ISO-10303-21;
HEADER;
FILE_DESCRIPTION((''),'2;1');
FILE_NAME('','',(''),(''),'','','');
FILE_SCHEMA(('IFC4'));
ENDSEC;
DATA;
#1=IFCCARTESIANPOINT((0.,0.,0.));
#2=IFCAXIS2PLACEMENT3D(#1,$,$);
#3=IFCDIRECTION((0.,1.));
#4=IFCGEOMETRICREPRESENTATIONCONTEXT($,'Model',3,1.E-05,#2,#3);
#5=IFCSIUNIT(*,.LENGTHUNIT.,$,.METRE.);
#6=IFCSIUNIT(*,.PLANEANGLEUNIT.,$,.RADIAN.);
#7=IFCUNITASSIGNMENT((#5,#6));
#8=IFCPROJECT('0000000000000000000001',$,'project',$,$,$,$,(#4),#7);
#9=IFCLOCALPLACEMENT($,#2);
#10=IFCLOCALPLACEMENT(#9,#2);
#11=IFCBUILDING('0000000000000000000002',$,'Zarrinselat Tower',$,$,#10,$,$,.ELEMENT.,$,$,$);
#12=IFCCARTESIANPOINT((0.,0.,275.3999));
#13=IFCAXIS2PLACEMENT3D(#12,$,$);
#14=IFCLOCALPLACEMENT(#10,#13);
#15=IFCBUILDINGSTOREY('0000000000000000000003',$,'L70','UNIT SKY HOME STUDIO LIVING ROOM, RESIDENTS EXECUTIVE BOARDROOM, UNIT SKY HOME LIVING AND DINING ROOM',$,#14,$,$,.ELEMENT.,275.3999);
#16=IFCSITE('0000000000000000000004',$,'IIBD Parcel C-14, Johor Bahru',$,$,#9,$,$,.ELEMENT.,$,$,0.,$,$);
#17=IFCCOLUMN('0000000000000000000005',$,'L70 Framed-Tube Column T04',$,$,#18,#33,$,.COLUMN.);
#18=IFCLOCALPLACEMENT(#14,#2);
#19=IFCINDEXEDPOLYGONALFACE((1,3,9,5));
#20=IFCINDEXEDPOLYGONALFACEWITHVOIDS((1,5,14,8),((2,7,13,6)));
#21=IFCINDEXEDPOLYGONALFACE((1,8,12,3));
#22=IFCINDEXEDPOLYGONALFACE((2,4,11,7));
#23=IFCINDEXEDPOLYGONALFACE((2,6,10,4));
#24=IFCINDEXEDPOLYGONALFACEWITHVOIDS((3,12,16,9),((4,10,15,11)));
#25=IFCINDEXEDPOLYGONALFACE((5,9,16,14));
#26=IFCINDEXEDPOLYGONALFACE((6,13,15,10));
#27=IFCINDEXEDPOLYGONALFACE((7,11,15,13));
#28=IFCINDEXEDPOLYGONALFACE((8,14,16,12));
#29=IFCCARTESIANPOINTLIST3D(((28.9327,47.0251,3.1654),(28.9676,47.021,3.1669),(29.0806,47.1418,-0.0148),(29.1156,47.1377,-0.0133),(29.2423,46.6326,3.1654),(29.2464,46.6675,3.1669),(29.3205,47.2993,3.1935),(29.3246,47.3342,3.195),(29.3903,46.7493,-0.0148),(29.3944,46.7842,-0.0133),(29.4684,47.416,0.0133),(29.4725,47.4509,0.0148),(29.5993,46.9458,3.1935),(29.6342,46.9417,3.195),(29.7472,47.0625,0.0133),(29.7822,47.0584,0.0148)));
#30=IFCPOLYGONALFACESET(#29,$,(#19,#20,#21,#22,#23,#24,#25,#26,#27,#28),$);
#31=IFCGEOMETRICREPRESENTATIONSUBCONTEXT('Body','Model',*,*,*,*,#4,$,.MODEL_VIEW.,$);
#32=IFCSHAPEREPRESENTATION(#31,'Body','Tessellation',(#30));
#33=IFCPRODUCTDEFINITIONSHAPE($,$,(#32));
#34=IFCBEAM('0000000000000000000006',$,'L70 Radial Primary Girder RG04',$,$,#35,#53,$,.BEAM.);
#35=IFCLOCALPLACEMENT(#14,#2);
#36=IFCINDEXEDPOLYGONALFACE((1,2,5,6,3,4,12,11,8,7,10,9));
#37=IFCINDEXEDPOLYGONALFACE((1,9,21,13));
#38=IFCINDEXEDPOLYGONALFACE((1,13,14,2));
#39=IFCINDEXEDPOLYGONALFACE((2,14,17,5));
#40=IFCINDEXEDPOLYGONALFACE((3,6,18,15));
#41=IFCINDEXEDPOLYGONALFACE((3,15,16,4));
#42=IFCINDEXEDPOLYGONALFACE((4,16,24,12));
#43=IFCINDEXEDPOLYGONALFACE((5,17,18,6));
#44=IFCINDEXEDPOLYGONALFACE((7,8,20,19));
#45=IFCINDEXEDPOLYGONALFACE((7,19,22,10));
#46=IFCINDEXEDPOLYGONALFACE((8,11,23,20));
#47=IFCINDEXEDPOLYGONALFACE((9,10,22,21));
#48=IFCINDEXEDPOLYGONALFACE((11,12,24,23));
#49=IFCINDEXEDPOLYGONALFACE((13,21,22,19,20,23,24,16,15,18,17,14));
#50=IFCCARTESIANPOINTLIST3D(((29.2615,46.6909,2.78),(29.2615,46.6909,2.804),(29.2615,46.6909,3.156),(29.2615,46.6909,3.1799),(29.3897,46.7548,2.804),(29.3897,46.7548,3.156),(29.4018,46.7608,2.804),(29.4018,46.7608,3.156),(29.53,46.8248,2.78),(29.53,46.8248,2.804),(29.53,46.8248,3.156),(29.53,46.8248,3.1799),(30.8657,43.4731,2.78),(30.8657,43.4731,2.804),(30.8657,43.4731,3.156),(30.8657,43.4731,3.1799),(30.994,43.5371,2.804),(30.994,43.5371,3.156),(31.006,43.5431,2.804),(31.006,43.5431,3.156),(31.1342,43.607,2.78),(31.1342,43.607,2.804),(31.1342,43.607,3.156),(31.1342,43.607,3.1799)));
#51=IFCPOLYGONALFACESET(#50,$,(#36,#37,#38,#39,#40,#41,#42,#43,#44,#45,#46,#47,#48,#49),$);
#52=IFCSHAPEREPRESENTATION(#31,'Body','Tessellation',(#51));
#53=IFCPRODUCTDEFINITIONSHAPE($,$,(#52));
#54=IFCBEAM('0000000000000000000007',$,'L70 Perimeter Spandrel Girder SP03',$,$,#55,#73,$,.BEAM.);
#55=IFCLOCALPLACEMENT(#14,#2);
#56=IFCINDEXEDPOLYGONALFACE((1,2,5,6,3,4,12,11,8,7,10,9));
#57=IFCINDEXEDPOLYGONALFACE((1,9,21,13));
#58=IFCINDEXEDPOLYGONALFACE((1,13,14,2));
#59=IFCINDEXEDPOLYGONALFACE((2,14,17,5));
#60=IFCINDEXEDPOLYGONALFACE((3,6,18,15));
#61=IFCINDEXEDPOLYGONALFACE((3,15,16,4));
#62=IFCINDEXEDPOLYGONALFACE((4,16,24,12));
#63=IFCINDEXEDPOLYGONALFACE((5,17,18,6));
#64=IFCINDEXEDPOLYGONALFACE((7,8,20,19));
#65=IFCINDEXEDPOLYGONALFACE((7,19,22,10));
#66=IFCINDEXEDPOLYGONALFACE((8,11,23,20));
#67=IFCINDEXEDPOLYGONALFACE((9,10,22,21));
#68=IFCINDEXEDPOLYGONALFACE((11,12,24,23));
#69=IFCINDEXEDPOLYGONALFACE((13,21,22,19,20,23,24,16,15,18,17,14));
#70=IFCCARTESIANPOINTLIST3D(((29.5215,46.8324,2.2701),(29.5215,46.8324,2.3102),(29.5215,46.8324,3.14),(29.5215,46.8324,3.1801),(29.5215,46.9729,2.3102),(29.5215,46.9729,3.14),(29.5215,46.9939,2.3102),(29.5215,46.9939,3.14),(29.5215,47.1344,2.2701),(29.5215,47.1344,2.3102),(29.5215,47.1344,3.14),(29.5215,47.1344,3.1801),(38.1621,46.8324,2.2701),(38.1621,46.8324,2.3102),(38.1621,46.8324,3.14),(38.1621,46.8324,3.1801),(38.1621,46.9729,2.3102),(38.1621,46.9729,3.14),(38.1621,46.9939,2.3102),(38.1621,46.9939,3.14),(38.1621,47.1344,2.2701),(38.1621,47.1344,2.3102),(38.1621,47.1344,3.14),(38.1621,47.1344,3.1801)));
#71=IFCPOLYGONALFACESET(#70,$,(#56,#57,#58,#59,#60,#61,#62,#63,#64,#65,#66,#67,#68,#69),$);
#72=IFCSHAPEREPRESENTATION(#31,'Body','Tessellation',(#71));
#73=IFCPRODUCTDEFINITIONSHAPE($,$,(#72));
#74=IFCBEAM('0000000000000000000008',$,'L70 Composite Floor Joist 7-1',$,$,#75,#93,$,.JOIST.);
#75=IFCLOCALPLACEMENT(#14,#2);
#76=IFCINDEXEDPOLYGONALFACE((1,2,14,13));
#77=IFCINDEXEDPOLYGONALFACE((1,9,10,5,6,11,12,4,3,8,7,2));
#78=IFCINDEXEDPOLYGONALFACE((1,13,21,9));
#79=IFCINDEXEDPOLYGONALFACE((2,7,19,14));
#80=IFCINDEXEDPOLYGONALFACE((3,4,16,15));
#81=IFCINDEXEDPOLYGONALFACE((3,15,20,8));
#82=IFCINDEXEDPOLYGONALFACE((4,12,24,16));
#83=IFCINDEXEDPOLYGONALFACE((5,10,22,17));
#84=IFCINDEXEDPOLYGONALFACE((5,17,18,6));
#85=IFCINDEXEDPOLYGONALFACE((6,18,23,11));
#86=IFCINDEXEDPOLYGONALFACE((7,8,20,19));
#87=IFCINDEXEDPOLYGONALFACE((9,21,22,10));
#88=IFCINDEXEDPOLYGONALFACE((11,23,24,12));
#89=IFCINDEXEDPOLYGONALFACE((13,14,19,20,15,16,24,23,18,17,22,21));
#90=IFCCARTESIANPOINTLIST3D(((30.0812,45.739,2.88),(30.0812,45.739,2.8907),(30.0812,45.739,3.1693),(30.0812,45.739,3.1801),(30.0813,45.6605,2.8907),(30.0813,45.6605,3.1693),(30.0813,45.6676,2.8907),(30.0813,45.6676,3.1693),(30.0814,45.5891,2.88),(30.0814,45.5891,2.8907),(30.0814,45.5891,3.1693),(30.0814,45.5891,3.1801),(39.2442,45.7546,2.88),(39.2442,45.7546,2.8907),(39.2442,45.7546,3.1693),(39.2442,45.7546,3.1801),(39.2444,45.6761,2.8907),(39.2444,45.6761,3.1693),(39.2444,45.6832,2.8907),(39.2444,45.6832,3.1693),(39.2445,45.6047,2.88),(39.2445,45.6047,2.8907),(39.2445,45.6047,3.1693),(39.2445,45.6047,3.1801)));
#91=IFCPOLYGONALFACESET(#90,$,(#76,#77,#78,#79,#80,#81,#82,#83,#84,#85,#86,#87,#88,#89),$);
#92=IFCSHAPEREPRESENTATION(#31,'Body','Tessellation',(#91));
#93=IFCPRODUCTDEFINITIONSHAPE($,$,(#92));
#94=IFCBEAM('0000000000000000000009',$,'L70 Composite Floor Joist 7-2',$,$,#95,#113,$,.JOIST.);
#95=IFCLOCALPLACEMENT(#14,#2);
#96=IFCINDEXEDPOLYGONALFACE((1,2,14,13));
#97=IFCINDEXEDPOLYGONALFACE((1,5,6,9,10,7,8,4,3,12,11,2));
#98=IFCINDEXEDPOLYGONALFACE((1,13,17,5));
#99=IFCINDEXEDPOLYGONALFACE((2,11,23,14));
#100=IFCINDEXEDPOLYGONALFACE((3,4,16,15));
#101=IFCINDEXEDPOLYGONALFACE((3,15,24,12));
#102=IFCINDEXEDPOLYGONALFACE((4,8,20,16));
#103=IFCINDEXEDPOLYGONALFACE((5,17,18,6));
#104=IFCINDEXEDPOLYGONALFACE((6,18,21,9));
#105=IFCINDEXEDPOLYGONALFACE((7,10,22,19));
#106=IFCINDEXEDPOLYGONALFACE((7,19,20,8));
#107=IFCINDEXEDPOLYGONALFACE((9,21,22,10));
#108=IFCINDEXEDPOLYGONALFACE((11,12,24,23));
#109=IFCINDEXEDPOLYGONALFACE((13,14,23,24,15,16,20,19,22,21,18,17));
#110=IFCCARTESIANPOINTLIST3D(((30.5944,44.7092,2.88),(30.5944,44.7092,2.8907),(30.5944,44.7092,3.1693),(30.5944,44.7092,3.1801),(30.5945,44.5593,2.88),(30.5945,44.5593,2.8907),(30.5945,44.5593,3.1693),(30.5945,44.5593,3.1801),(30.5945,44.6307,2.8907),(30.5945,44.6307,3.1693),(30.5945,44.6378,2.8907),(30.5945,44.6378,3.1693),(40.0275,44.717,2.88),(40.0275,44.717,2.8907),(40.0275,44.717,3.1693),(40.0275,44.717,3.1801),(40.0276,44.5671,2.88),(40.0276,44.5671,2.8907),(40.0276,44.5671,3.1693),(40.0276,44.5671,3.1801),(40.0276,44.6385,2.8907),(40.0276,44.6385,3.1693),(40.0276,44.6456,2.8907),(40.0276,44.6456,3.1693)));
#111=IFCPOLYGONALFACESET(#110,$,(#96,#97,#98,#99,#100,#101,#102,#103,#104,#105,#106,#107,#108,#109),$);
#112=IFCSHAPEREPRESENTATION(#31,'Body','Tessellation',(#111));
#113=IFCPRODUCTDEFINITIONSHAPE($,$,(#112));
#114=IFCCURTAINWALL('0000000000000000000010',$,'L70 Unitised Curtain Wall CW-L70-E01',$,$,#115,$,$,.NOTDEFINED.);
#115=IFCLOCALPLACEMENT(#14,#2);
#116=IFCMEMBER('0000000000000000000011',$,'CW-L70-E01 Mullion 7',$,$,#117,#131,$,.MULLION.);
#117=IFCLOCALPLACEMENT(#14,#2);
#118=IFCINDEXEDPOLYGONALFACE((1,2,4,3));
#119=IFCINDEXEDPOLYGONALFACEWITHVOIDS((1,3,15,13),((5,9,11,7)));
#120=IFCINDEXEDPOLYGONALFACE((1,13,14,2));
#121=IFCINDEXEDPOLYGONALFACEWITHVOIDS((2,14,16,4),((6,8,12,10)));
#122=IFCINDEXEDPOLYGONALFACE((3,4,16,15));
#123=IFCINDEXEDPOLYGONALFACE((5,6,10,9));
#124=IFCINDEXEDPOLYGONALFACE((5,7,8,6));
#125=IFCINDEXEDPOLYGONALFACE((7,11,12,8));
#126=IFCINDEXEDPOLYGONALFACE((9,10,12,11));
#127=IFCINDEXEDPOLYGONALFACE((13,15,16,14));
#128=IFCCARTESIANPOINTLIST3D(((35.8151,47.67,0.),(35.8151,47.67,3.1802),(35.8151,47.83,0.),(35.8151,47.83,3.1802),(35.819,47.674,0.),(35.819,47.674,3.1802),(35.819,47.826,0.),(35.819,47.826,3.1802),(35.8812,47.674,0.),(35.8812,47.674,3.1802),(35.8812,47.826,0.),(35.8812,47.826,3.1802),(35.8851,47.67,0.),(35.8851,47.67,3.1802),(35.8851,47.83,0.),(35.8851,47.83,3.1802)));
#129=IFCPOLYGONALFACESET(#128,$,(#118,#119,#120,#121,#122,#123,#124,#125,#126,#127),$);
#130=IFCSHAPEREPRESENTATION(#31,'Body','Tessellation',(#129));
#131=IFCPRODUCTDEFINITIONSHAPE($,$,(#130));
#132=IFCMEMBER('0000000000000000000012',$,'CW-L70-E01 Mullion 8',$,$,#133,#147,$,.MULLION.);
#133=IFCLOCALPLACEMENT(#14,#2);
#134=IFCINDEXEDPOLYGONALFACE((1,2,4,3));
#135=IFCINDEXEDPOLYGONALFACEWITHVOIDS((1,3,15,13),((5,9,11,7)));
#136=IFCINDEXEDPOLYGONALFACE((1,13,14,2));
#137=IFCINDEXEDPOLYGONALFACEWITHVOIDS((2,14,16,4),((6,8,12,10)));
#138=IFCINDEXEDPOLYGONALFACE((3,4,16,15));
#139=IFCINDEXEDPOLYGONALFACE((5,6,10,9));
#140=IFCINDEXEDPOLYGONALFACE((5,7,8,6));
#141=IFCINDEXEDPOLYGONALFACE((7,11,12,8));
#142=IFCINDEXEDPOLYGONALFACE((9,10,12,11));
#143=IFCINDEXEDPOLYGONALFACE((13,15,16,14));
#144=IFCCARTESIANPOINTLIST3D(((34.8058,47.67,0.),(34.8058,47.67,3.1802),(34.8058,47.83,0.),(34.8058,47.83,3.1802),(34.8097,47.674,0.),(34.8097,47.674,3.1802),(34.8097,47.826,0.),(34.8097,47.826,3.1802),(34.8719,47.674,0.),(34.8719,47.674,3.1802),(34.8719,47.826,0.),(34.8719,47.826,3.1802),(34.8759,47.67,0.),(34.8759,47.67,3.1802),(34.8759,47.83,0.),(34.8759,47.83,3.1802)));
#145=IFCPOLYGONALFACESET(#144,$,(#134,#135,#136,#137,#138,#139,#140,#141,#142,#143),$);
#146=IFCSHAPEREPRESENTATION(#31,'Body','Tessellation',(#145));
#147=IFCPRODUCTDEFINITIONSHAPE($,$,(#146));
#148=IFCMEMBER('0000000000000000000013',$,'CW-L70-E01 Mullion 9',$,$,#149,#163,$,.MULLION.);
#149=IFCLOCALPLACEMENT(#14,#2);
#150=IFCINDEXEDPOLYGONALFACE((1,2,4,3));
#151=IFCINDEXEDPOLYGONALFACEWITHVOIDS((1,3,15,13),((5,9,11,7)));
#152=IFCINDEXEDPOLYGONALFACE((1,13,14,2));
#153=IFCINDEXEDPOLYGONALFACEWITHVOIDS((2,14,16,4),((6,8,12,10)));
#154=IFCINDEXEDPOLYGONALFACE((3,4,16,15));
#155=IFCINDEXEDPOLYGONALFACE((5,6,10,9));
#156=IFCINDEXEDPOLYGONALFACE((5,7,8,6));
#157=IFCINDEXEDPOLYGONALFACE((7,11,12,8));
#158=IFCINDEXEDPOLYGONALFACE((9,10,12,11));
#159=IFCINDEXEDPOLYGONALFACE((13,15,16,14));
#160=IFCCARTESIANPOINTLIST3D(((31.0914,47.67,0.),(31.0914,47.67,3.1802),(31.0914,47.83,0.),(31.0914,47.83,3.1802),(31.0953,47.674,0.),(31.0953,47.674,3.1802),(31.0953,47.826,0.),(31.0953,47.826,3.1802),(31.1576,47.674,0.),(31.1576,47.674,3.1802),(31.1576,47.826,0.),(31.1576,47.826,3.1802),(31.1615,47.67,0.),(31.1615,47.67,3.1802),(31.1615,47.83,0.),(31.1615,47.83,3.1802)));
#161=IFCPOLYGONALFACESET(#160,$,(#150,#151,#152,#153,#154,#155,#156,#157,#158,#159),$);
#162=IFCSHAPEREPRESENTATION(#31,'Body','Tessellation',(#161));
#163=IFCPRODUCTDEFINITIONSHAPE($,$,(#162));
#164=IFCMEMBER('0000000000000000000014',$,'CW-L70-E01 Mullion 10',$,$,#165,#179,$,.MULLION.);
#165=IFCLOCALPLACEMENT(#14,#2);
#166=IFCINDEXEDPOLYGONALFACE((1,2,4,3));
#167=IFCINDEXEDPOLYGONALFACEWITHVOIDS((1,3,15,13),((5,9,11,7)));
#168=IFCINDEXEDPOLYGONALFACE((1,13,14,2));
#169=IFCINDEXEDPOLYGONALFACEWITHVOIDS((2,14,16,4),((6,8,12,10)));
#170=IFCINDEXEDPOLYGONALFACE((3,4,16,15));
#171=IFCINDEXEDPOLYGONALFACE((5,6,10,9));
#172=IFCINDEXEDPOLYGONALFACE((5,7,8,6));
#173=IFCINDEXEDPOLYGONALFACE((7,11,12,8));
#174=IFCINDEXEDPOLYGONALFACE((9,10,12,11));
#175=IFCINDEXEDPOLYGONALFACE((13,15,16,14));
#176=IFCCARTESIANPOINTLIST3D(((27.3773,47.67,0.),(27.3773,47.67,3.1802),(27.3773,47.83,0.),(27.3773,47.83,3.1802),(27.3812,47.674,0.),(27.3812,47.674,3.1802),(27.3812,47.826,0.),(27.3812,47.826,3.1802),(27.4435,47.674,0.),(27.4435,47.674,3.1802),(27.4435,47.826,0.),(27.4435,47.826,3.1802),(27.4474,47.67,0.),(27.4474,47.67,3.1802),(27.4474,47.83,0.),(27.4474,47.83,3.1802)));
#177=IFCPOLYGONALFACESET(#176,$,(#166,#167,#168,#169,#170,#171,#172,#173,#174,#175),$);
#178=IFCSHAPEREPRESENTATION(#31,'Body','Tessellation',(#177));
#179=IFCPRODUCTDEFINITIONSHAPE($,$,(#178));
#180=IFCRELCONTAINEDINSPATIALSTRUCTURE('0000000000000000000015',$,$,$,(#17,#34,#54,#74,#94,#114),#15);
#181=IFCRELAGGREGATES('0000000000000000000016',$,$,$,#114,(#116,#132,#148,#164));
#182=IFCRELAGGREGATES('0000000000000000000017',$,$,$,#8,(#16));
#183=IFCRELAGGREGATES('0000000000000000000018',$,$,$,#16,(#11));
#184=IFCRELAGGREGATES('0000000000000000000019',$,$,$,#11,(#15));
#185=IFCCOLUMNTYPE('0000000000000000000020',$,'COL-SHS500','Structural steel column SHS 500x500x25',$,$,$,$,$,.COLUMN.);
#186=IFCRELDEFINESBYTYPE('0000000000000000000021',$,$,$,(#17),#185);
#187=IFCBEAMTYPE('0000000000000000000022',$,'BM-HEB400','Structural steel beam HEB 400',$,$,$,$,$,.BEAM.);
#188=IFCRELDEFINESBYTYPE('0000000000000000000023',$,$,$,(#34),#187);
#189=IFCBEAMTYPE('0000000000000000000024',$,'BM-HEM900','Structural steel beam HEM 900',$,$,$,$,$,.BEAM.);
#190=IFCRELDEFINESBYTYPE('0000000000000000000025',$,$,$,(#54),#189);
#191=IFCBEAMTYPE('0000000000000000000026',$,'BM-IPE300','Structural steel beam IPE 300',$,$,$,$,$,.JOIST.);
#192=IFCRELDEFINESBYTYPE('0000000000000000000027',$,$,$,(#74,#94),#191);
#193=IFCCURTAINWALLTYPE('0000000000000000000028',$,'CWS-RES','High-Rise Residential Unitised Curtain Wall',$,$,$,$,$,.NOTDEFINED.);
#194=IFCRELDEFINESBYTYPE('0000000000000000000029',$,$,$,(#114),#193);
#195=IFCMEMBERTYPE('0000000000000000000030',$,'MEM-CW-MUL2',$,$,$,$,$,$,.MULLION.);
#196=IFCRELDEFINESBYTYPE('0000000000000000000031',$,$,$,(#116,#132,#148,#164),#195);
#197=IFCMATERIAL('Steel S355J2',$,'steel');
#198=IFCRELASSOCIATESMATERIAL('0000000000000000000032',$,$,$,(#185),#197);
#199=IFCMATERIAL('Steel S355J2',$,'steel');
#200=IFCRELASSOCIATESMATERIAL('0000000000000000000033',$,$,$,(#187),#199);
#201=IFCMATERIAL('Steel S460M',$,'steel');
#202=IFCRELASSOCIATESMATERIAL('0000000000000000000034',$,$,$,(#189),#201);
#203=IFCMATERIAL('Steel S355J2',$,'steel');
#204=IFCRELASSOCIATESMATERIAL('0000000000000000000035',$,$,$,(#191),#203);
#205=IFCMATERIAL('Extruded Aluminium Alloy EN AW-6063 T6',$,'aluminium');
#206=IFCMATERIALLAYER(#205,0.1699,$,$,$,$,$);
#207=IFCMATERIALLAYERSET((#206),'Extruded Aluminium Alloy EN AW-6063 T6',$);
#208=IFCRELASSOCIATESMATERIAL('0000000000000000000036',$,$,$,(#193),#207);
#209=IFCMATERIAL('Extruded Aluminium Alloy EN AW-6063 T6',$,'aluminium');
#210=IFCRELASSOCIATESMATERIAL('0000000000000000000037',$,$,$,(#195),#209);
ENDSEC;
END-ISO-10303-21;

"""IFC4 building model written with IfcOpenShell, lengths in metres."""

from ifc_helpers import new_model, si_unit, direction, frame, origin, origin_2d, place, context, subcontext, project, spatial, hollow_rectangle, i_section, extrude, material, layer, layer_set, material_profile, profile_set, type_object, element, aggregate, save


model = new_model("IFC4")

# Units and contexts
model_context = context("Model", 3, precision=1e-05, world=origin(), true_north=direction((0.0, 1.0)))
body_context = subcontext(model_context, "Body", "Model", "MODEL_VIEW")
ifc_project = project(units=[si_unit("LENGTHUNIT", "METRE"), si_unit("PLANEANGLEUNIT", "RADIAN")], contexts=[model_context])

# Site, building, storey
site_placement = place(None, origin())
site = spatial("IfcSite", under=ifc_project, at=site_placement, Name="IIBD Parcel C-14, Johor Bahru", CompositionType="ELEMENT", RefElevation=0.0)
building_placement = place(site_placement, origin())
building = spatial("IfcBuilding", under=site, at=building_placement, Name="Zarrinselat Tower", CompositionType="ELEMENT")
storey_placement = place(building_placement, frame((0.0, 0.0, 275.3999)))
storey = spatial("IfcBuildingStorey", under=building, at=storey_placement, Name="L70", Description="UNIT SKY HOME STUDIO LIVING ROOM, RESIDENTS EXECUTIVE BOARDROOM, UNIT SKY HOME LIVING AND DINING ROOM", CompositionType="ELEMENT", Elevation=275.3999)

# Column
ifc_material_1 = material(Name="Steel S355J2", Category="steel")
ifc_material_profile_1 = material_profile(ifc_material_1, hollow_rectangle(XDim=0.5, YDim=0.5, WallThickness=0.0249, at=origin_2d()), Name="SHS 500x500x25")
ifc_profile_set_1 = profile_set([ifc_material_profile_1], Name="Steel S355J2")
column_type = type_object("IfcColumnType", Name="COL-SHS500", Description="Structural steel column SHS 500x500x25", PredefinedType="COLUMN", material=ifc_profile_set_1)
column_placement = place(storey_placement, frame((29.4314, 47.1001, 0.0), z_axis=(-0.046441, -0.036632, 0.998249), x_axis=(0.619308, -0.785148, 0.0)))
element("IfcColumn", 1, at=column_placement, inside=storey, type_object=column_type, Name="L70 Framed-Tube Column T04", PredefinedType="COLUMN", context=body_context, shape_type="SweptSolid", body=[
    extrude(hollow_rectangle(XDim=0.5, YDim=0.5, WallThickness=0.0249, at=origin_2d()), origin(), (0.0, 0.0, 1.0), 3.1858),
])

# Beams
ifc_material_2 = material(Name="Steel S355J2", Category="steel")
ifc_material_profile_2 = material_profile(ifc_material_2, i_section(OverallWidth=0.3, OverallDepth=0.3999, WebThickness=0.0134, FlangeThickness=0.0239, at=origin_2d()), Name="HEB 400")
ifc_profile_set_2 = profile_set([ifc_material_profile_2], Name="Steel S355J2")
beam_type_1 = type_object("IfcBeamType", Name="BM-HEB400", Description="Structural steel beam HEB 400", PredefinedType="BEAM", material=ifc_profile_set_2)
beam_1_placement = place(storey_placement, frame((29.3958, 46.7578, 2.98), z_axis=(0.446181, -0.894943, 0.0), x_axis=(0.894943, 0.446181, 0.0)))
element("IfcBeam", 2, at=beam_1_placement, inside=storey, type_object=beam_type_1, Name="L70 Radial Primary Girder RG04", PredefinedType="BEAM", context=body_context, shape_type="SweptSolid", body=[
    extrude(i_section(OverallWidth=0.3, OverallDepth=0.3999, WebThickness=0.0134, FlangeThickness=0.0239, at=origin_2d()), origin(), (0.0, 0.0, 1.0), 3.5955),
])
ifc_material_3 = material(Name="Steel S460M", Category="steel")
ifc_material_profile_3 = material_profile(ifc_material_3, i_section(OverallWidth=0.302, OverallDepth=0.9099, WebThickness=0.021, FlangeThickness=0.04, at=origin_2d()), Name="HEM 900")
ifc_profile_set_3 = profile_set([ifc_material_profile_3], Name="Steel S460M")
beam_type_2 = type_object("IfcBeamType", Name="BM-HEM900", Description="Structural steel beam HEM 900", PredefinedType="BEAM", material=ifc_profile_set_3)
beam_2_placement = place(storey_placement, frame((29.5215, 46.9834, 2.7251), z_axis=(1.0, 0.0, 0.0), x_axis=(0.0, 1.0, 0.0)))
element("IfcBeam", 3, at=beam_2_placement, inside=storey, type_object=beam_type_2, Name="L70 Perimeter Spandrel Girder SP03", PredefinedType="BEAM", context=body_context, shape_type="SweptSolid", body=[
    extrude(i_section(OverallWidth=0.302, OverallDepth=0.9099, WebThickness=0.021, FlangeThickness=0.04, at=origin_2d()), origin(), (0.0, 0.0, 1.0), 8.6406),
])
ifc_material_4 = material(Name="Steel S355J2", Category="steel")
ifc_material_profile_4 = material_profile(ifc_material_4, i_section(OverallWidth=0.1499, OverallDepth=0.3, WebThickness=0.0071, FlangeThickness=0.0107, at=origin_2d()), Name="IPE 300")
ifc_profile_set_4 = profile_set([ifc_material_profile_4], Name="Steel S355J2")
beam_type_3 = type_object("IfcBeamType", Name="BM-IPE300", Description="Structural steel beam IPE 300", PredefinedType="JOIST", material=ifc_profile_set_4)
beam_3_placement = place(storey_placement, frame((30.0813, 45.6641, 3.03), z_axis=(0.999999, 0.001705, 0.0), x_axis=(-0.001705, 0.999999, 0.0)))
element("IfcBeam", 4, at=beam_3_placement, inside=storey, type_object=beam_type_3, Name="L70 Composite Floor Joist 7-1", PredefinedType="JOIST", context=body_context, shape_type="SweptSolid", body=[
    extrude(i_section(OverallWidth=0.1499, OverallDepth=0.3, WebThickness=0.0071, FlangeThickness=0.0107, at=origin_2d()), origin(), (0.0, 0.0, 1.0), 9.1631),
])
beam_4_placement = place(storey_placement, frame((30.5945, 44.6343, 3.03), z_axis=(1.0, 0.000828, 0.0), x_axis=(-0.000828, 1.0, 0.0)))
element("IfcBeam", 5, at=beam_4_placement, inside=storey, type_object=beam_type_3, Name="L70 Composite Floor Joist 7-2", PredefinedType="JOIST", context=body_context, shape_type="SweptSolid", body=[
    extrude(i_section(OverallWidth=0.1499, OverallDepth=0.3, WebThickness=0.0071, FlangeThickness=0.0107, at=origin_2d()), origin(), (0.0, 0.0, 1.0), 9.4331),
])

# Curtain wall, members
ifc_material_5 = material(Name="Extruded Aluminium Alloy EN AW-6063 T6", Category="aluminium")
ifc_layer_1 = layer(ifc_material_5, 0.1699)
ifc_layer_set_1 = layer_set([ifc_layer_1], Name="Extruded Aluminium Alloy EN AW-6063 T6")
curtain_wall_type = type_object("IfcCurtainWallType", Name="CWS-RES", Description="High-Rise Residential Unitised Curtain Wall", PredefinedType="NOTDEFINED", material=ifc_layer_set_1)
curtain_wall_placement = place(storey_placement, origin())
curtain_wall = element("IfcCurtainWall", 6, at=curtain_wall_placement, inside=storey, type_object=curtain_wall_type, Name="L70 Unitised Curtain Wall CW-L70-E01", PredefinedType="NOTDEFINED")
ifc_material_6 = material(Name="Extruded Aluminium Alloy EN AW-6063 T6", Category="aluminium")
ifc_material_profile_5 = material_profile(ifc_material_6, hollow_rectangle(XDim=0.0701, YDim=0.1599, WallThickness=0.0039, at=origin_2d()), Name="RHS 160x70x4")
ifc_profile_set_5 = profile_set([ifc_material_profile_5], Name="Extruded Aluminium Alloy EN AW-6063 T6")
member_type_1 = type_object("IfcMemberType", Name="MEM-CW-MUL2", PredefinedType="MULLION", material=ifc_profile_set_5)
member_1_placement = place(storey_placement, frame((35.8501, 47.75, 0.0), z_axis=(0.0, 0.0, 1.0), x_axis=(-1.0, 0.0, 0.0)))
member_1 = element("IfcMember", 7, at=member_1_placement, type_object=member_type_1, Name="CW-L70-E01 Mullion 7", PredefinedType="MULLION", context=body_context, shape_type="SweptSolid", body=[
    extrude(hollow_rectangle(XDim=0.0701, YDim=0.1599, WallThickness=0.0039, at=origin_2d()), origin(), (0.0, 0.0, 1.0), 3.1802),
])
member_2_placement = place(storey_placement, frame((34.8408, 47.75, 0.0), z_axis=(0.0, 0.0, 1.0), x_axis=(-1.0, 0.0, 0.0)))
member_2 = element("IfcMember", 8, at=member_2_placement, type_object=member_type_1, Name="CW-L70-E01 Mullion 8", PredefinedType="MULLION", context=body_context, shape_type="SweptSolid", body=[
    extrude(hollow_rectangle(XDim=0.0701, YDim=0.1599, WallThickness=0.0039, at=origin_2d()), origin(), (0.0, 0.0, 1.0), 3.1802),
])
member_3_placement = place(storey_placement, frame((31.1265, 47.75, 0.0), z_axis=(0.0, 0.0, 1.0), x_axis=(-1.0, 0.0, 0.0)))
member_3 = element("IfcMember", 9, at=member_3_placement, type_object=member_type_1, Name="CW-L70-E01 Mullion 9", PredefinedType="MULLION", context=body_context, shape_type="SweptSolid", body=[
    extrude(hollow_rectangle(XDim=0.0701, YDim=0.1599, WallThickness=0.0039, at=origin_2d()), origin(), (0.0, 0.0, 1.0), 3.1802),
])
member_4_placement = place(storey_placement, frame((27.4124, 47.75, 0.0), z_axis=(0.0, 0.0, 1.0), x_axis=(-1.0, 0.0, 0.0)))
member_4 = element("IfcMember", 10, at=member_4_placement, type_object=member_type_1, Name="CW-L70-E01 Mullion 10", PredefinedType="MULLION", context=body_context, shape_type="SweptSolid", body=[
    extrude(hollow_rectangle(XDim=0.0701, YDim=0.1599, WallThickness=0.0039, at=origin_2d()), origin(), (0.0, 0.0, 1.0), 3.1802),
])
aggregate(curtain_wall, [member_1, member_2, member_3, member_4])

save(model, "model.ifc")
